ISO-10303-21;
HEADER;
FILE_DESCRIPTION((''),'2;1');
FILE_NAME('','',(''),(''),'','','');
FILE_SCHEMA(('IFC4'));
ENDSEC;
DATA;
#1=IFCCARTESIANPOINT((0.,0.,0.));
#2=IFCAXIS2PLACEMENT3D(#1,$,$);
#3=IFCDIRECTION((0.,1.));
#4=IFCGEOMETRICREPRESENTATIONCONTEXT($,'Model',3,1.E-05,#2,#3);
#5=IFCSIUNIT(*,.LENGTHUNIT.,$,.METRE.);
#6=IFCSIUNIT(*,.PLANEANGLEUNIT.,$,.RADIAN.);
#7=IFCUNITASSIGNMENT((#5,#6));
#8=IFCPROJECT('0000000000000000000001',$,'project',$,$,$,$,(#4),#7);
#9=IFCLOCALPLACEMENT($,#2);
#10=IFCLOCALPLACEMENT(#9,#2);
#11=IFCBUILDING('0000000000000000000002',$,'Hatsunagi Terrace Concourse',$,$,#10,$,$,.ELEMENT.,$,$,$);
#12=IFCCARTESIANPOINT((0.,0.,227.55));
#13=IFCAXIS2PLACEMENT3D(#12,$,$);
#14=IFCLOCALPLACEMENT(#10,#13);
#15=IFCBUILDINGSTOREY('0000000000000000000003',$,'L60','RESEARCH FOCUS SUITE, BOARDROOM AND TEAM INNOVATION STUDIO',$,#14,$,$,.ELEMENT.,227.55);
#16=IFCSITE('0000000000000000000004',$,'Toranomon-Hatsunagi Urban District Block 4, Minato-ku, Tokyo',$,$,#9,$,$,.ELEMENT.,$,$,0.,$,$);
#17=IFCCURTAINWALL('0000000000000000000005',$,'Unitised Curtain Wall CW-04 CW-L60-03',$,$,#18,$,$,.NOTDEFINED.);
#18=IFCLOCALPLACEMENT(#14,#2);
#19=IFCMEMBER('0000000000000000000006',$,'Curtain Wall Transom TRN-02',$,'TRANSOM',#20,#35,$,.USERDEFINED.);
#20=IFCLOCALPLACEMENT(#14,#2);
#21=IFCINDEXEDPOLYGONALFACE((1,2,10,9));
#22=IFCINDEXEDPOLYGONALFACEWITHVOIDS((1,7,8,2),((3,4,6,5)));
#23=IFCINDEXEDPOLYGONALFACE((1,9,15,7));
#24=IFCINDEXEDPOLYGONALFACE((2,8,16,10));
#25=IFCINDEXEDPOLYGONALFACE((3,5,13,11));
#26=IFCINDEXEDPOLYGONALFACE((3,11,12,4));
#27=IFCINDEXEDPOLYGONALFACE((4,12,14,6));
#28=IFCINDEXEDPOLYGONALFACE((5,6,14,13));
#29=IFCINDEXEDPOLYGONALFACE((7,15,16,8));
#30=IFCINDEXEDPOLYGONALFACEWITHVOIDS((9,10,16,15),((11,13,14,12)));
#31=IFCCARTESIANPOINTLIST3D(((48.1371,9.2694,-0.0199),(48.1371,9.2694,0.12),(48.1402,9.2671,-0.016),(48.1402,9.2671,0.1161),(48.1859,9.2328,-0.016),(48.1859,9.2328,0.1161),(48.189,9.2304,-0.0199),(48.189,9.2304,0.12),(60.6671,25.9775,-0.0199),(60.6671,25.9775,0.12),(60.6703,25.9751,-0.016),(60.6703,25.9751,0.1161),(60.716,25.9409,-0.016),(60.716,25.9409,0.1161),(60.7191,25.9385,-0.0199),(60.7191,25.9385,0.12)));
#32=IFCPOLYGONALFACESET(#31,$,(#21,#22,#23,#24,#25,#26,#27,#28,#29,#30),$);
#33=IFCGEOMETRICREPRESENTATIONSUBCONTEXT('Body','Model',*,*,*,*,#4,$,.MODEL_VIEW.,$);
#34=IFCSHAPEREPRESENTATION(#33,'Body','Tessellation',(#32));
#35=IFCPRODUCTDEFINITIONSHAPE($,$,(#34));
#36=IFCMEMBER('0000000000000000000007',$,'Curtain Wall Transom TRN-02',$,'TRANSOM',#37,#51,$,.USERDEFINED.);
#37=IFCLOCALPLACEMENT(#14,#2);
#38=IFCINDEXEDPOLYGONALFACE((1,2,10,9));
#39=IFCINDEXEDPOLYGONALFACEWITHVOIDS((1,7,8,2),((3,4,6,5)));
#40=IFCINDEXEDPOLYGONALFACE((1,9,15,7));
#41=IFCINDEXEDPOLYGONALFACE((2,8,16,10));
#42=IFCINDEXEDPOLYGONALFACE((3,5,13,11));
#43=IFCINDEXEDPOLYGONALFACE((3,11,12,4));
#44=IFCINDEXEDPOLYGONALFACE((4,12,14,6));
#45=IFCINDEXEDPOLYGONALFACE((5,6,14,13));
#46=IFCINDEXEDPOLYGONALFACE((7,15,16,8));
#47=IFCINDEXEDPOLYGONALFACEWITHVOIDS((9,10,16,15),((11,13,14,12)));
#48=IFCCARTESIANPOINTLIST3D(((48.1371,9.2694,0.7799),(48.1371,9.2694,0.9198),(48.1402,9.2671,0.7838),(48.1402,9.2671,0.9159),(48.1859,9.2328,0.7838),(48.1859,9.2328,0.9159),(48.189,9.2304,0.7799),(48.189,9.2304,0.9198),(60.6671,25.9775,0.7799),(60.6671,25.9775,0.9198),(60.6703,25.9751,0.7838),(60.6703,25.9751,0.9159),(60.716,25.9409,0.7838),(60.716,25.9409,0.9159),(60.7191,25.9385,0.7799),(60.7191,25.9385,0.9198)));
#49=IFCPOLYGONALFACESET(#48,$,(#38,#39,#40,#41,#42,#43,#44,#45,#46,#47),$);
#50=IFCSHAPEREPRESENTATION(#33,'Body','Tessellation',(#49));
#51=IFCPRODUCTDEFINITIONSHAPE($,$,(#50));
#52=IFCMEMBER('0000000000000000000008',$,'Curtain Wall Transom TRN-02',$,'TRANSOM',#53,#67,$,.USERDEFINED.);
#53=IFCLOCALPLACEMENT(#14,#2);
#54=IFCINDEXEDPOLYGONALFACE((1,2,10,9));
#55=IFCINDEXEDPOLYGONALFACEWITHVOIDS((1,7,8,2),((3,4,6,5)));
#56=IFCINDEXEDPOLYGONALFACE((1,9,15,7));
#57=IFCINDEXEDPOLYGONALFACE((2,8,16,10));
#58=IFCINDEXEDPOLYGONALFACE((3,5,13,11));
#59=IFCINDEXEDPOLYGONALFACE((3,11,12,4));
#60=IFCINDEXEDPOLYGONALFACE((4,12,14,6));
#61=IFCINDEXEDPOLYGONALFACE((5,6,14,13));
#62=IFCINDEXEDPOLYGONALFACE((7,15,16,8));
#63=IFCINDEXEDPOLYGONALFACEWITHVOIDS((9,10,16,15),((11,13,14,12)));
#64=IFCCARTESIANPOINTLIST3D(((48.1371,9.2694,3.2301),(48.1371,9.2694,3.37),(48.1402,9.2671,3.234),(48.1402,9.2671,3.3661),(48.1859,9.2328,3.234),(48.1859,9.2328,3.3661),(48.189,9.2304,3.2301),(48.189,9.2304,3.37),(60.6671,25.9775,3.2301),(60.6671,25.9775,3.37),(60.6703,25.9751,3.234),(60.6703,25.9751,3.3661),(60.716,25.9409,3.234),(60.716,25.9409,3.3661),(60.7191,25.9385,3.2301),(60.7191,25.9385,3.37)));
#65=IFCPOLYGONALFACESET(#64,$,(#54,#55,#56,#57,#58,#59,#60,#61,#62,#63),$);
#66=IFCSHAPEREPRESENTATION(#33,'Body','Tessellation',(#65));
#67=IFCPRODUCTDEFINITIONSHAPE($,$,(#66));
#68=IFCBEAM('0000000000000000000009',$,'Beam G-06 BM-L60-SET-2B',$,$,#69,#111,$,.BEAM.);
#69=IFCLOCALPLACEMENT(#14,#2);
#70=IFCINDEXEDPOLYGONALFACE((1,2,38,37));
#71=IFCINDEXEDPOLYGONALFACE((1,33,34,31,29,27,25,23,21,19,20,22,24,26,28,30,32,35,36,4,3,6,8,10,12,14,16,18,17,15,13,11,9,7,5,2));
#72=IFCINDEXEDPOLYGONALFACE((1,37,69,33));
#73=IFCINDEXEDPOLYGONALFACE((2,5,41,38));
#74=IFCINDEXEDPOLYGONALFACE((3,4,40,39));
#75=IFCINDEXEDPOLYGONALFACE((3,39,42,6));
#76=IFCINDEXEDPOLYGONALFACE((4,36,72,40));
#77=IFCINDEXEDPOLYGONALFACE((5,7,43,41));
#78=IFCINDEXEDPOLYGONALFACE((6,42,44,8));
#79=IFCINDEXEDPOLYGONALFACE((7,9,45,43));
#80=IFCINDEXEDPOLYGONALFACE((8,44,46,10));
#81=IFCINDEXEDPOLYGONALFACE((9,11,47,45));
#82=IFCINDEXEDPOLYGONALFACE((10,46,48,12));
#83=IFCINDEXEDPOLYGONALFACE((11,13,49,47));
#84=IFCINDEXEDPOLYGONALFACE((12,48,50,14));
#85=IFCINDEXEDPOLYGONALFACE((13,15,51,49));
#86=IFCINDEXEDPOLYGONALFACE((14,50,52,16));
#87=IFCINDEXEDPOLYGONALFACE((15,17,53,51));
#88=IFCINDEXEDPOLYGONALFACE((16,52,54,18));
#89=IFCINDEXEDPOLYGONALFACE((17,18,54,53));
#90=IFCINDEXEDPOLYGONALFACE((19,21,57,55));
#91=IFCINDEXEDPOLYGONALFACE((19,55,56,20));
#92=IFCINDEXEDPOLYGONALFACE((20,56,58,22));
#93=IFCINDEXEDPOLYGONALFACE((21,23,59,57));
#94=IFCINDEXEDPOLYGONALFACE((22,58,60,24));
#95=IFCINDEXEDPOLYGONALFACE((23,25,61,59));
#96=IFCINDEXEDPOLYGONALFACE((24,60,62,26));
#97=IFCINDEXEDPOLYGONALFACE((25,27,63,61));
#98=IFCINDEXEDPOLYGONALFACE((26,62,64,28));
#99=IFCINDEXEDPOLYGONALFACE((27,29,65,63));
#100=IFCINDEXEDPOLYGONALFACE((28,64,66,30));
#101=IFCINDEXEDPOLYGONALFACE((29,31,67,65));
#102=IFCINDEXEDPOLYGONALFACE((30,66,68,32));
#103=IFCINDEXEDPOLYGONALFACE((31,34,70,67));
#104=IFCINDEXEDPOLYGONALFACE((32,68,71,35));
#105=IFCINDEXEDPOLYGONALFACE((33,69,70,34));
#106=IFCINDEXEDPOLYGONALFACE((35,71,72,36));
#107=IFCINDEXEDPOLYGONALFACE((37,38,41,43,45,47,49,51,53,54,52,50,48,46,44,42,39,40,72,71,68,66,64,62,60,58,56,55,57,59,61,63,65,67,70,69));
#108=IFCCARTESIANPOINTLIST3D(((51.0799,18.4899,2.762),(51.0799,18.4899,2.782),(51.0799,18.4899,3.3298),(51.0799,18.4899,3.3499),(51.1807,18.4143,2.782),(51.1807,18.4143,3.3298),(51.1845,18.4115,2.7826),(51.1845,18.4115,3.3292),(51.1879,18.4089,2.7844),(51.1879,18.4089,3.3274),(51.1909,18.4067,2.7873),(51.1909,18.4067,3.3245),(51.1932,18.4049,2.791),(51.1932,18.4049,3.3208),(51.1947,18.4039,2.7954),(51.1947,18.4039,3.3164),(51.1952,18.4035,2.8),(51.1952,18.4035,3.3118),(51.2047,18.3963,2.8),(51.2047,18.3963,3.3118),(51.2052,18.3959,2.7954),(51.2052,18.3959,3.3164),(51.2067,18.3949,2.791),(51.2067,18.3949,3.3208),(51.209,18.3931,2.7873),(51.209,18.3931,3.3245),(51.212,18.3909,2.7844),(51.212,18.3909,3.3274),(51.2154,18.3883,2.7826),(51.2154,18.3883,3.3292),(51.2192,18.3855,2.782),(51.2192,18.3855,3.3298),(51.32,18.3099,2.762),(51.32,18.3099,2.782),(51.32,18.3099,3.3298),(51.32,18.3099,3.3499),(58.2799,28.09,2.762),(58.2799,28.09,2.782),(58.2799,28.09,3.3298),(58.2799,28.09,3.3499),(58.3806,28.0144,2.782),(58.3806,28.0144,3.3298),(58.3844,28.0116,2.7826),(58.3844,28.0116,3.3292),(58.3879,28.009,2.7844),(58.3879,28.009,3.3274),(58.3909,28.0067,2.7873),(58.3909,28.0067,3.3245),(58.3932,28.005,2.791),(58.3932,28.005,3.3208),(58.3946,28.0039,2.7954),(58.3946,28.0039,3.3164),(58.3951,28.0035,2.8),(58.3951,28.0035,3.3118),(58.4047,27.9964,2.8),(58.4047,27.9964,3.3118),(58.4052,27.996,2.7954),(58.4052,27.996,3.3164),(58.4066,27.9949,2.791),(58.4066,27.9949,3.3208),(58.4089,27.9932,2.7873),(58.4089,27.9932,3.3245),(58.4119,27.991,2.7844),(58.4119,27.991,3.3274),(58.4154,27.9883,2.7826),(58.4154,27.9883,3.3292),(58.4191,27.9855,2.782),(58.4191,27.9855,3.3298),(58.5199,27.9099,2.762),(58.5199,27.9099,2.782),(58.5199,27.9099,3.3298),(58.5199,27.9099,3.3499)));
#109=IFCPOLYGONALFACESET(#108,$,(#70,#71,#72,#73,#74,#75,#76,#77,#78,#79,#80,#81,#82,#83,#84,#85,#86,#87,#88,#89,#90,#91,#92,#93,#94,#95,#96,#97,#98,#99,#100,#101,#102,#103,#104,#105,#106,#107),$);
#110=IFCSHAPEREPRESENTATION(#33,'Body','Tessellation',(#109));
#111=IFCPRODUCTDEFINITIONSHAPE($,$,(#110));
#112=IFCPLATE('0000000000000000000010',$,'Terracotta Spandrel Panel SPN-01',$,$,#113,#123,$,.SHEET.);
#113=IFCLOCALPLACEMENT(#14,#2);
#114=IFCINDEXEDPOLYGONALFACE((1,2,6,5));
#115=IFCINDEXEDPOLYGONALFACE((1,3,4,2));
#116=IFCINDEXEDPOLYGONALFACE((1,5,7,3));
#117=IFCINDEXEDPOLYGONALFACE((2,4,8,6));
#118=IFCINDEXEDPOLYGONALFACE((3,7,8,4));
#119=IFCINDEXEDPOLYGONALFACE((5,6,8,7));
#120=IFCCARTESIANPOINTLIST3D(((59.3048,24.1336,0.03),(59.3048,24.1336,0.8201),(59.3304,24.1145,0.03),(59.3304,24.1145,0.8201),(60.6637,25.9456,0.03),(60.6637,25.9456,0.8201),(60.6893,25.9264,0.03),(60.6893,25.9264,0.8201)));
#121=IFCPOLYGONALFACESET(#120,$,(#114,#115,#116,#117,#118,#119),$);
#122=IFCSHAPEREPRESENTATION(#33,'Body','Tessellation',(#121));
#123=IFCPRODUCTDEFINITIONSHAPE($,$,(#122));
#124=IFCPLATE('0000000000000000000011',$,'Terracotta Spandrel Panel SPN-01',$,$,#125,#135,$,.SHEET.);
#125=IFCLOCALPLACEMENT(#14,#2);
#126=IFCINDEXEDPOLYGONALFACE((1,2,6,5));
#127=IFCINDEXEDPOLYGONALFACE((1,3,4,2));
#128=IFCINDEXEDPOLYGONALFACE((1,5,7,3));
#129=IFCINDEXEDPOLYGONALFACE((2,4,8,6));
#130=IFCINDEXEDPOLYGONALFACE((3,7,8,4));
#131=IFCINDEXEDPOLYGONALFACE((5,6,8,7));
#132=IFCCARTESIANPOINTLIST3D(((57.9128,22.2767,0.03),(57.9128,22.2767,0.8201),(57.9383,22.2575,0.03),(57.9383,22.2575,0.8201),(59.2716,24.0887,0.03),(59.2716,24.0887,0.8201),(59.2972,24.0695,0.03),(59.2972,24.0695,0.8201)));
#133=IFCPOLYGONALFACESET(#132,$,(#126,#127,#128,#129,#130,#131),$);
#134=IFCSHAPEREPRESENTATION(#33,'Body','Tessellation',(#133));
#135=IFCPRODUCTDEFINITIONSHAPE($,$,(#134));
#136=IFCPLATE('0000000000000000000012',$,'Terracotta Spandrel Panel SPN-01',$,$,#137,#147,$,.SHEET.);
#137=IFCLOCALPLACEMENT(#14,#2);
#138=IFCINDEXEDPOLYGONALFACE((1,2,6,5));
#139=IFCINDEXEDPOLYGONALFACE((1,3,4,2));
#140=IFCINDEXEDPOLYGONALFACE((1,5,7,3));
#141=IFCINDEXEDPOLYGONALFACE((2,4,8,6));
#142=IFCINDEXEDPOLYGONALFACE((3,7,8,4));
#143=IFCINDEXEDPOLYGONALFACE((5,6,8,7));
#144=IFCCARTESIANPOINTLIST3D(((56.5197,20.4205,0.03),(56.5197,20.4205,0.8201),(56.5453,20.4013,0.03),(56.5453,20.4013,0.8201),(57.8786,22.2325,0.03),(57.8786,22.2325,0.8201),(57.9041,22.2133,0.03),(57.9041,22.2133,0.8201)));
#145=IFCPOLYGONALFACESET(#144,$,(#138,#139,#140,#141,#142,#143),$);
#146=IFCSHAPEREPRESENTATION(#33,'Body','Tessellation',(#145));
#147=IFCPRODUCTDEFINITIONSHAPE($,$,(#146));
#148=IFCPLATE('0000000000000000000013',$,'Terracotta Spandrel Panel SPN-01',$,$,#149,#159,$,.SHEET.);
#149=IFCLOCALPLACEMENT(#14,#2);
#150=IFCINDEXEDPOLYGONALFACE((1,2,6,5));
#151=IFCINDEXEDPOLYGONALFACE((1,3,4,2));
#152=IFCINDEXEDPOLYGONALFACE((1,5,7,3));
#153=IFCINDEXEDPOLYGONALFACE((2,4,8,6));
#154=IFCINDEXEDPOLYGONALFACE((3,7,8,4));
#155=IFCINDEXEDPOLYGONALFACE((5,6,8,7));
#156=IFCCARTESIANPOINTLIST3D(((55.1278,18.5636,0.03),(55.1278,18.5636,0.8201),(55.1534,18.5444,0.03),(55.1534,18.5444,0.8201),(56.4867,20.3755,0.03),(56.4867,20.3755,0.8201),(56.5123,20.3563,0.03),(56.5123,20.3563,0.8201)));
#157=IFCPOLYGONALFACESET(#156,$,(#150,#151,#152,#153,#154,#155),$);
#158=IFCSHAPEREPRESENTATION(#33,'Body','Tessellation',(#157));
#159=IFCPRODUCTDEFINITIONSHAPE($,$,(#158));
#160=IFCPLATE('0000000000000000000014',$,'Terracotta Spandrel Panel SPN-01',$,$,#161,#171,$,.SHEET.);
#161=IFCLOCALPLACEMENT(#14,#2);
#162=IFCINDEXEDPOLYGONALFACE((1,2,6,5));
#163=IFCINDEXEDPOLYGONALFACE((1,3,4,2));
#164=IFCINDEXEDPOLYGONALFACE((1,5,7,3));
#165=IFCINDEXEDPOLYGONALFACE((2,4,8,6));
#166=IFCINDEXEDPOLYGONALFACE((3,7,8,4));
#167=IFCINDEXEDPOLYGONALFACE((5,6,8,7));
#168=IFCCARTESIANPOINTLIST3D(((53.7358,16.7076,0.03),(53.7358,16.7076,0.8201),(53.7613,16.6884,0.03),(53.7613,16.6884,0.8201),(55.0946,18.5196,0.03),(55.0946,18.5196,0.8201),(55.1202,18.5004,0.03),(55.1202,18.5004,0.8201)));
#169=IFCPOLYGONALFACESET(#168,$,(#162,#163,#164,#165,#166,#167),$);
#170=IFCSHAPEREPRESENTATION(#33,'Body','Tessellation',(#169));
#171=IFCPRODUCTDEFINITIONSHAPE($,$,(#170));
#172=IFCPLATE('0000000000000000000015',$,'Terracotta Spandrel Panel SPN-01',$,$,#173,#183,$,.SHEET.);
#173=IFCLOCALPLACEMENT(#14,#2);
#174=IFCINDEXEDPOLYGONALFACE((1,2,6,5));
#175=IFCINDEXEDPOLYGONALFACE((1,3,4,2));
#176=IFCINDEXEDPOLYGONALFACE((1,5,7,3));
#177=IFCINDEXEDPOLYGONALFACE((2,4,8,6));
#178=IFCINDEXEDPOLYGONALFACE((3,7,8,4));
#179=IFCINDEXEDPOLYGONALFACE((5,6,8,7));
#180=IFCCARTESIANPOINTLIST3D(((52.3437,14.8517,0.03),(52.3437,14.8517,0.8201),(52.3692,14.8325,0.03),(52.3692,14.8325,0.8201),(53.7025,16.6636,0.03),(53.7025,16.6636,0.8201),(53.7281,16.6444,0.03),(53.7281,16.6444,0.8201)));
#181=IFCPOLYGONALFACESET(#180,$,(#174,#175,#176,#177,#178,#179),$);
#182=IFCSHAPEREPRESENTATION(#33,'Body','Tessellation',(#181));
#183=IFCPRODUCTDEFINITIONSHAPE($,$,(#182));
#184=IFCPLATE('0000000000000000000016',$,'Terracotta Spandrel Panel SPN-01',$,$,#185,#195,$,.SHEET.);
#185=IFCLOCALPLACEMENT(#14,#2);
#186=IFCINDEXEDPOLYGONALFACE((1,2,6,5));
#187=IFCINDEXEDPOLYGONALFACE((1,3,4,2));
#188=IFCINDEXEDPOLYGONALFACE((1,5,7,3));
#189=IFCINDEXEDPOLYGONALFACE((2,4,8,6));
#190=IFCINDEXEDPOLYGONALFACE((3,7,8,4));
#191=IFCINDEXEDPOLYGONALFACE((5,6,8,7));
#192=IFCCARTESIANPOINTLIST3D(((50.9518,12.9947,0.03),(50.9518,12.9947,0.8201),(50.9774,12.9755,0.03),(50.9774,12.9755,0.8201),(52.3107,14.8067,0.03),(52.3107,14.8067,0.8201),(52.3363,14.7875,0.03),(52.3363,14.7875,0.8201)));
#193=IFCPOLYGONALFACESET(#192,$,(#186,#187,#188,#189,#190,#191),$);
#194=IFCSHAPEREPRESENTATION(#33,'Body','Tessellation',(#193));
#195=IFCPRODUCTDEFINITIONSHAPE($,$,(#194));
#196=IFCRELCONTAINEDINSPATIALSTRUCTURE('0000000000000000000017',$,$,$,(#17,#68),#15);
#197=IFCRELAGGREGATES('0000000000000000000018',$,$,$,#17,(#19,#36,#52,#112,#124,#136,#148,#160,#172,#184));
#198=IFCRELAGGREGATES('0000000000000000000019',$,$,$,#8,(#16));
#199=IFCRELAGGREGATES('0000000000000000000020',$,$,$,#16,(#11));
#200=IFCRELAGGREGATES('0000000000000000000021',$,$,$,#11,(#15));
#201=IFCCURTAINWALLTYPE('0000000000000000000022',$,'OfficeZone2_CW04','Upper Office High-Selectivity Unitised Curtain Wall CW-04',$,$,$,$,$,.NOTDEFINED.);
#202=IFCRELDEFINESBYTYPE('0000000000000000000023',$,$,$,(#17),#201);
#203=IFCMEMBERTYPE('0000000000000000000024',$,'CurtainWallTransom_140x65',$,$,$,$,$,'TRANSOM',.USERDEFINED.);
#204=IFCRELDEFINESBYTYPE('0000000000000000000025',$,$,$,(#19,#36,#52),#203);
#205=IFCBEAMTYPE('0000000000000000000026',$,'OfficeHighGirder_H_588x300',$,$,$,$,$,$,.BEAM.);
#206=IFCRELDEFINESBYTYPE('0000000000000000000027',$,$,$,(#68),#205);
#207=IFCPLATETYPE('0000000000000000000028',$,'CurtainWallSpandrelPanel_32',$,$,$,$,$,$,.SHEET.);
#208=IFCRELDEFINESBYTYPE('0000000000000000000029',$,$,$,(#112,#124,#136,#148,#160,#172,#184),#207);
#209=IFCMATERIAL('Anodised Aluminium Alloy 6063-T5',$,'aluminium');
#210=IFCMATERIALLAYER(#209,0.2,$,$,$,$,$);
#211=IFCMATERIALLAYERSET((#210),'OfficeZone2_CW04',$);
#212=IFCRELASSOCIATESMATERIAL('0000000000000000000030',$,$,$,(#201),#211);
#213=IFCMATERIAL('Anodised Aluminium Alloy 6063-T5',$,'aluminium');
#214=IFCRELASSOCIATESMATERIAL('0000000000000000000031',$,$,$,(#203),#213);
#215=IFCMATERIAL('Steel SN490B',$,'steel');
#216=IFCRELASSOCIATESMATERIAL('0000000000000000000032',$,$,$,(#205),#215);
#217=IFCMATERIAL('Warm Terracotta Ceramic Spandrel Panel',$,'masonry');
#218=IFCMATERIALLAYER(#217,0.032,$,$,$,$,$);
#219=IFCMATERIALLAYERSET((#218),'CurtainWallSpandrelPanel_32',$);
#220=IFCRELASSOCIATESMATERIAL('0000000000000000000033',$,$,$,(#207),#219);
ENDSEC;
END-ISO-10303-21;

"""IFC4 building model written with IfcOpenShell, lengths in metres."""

from ifc_helpers import new_model, si_unit, direction, frame, origin, origin_2d, place, context, subcontext, project, spatial, rectangle, hollow_rectangle, i_section, extrude, material, layer, layer_set, material_profile, profile_set, type_object, element, aggregate, save


model = new_model("IFC4")

# Units and contexts
model_context = context("Model", 3, precision=1e-05, world=origin(), true_north=direction((0.0, 1.0)))
body_context = subcontext(model_context, "Body", "Model", "MODEL_VIEW")
ifc_project = project(units=[si_unit("LENGTHUNIT", "METRE"), si_unit("PLANEANGLEUNIT", "RADIAN")], contexts=[model_context])

# Site, building, storey
site_placement = place(None, origin())
site = spatial("IfcSite", under=ifc_project, at=site_placement, Name="Toranomon-Hatsunagi Urban District Block 4, Minato-ku, Tokyo", CompositionType="ELEMENT", RefElevation=0.0)
building_placement = place(site_placement, origin())
building = spatial("IfcBuilding", under=site, at=building_placement, Name="Hatsunagi Terrace Concourse", CompositionType="ELEMENT")
storey_placement = place(building_placement, frame((0.0, 0.0, 227.55)))
storey = spatial("IfcBuildingStorey", under=building, at=storey_placement, Name="L60", Description="RESEARCH FOCUS SUITE, BOARDROOM AND TEAM INNOVATION STUDIO", CompositionType="ELEMENT", Elevation=227.55)

# Curtain wall, members
ifc_material_1 = material(Name="Anodised Aluminium Alloy 6063-T5", Category="aluminium")
ifc_layer_1 = layer(ifc_material_1, 0.2)
ifc_layer_set_1 = layer_set([ifc_layer_1], Name="OfficeZone2_CW04")
curtain_wall_type = type_object("IfcCurtainWallType", Name="OfficeZone2_CW04", Description="Upper Office High-Selectivity Unitised Curtain Wall CW-04", PredefinedType="NOTDEFINED", material=ifc_layer_set_1)
curtain_wall_placement = place(storey_placement, origin())
curtain_wall = element("IfcCurtainWall", 1, at=curtain_wall_placement, inside=storey, type_object=curtain_wall_type, Name="Unitised Curtain Wall CW-04 CW-L60-03", PredefinedType="NOTDEFINED")
ifc_material_2 = material(Name="Anodised Aluminium Alloy 6063-T5", Category="aluminium")
ifc_material_profile_1 = material_profile(ifc_material_2, hollow_rectangle(XDim=0.0649, YDim=0.1399, WallThickness=0.0039, at=origin_2d()), Name="ALU-TRN-140x65x4")
ifc_profile_set_1 = profile_set([ifc_material_profile_1], Name="Anodised Aluminium Alloy 6063-T5")
member_type_1 = type_object("IfcMemberType", Name="CurtainWallTransom_140x65", ElementType="TRANSOM", PredefinedType="USERDEFINED", material=ifc_profile_set_1)
member_1_placement = place(storey_placement, frame((60.6931, 25.958, 0.05), z_axis=(-0.59997, -0.800022, 0.0), x_axis=(0.800022, -0.59997, 0.0)))
member_1 = element("IfcMember", 2, at=member_1_placement, type_object=member_type_1, Name="Curtain Wall Transom TRN-02", ObjectType="TRANSOM", PredefinedType="USERDEFINED", context=body_context, shape_type="SweptSolid", body=[
    extrude(hollow_rectangle(XDim=0.0649, YDim=0.1399, WallThickness=0.0039, at=origin_2d()), origin(), (0.0, 0.0, 1.0), 20.8845),
])
member_2_placement = place(storey_placement, frame((60.6931, 25.958, 0.8499), z_axis=(-0.59997, -0.800022, 0.0), x_axis=(0.800022, -0.59997, 0.0)))
member_2 = element("IfcMember", 3, at=member_2_placement, type_object=member_type_1, Name="Curtain Wall Transom TRN-02", ObjectType="TRANSOM", PredefinedType="USERDEFINED", context=body_context, shape_type="SweptSolid", body=[
    extrude(hollow_rectangle(XDim=0.0649, YDim=0.1399, WallThickness=0.0039, at=origin_2d()), origin(), (0.0, 0.0, 1.0), 20.8845),
])
member_3_placement = place(storey_placement, frame((60.6931, 25.958, 3.3), z_axis=(-0.59997, -0.800022, 0.0), x_axis=(0.800022, -0.59997, 0.0)))
member_3 = element("IfcMember", 4, at=member_3_placement, type_object=member_type_1, Name="Curtain Wall Transom TRN-02", ObjectType="TRANSOM", PredefinedType="USERDEFINED", context=body_context, shape_type="SweptSolid", body=[
    extrude(hollow_rectangle(XDim=0.0649, YDim=0.1399, WallThickness=0.0039, at=origin_2d()), origin(), (0.0, 0.0, 1.0), 20.8845),
])

# Beam
ifc_material_3 = material(Name="Steel SN490B", Category="steel")
ifc_material_profile_2 = material_profile(ifc_material_3, i_section(OverallWidth=0.3, OverallDepth=0.5879, WebThickness=0.012, FlangeThickness=0.02, FilletRadius=0.0181, at=origin_2d()), Name="H-588x300x12x20")
ifc_profile_set_2 = profile_set([ifc_material_profile_2], Name="Steel SN490B")
beam_type = type_object("IfcBeamType", Name="OfficeHighGirder_H_588x300", PredefinedType="BEAM", material=ifc_profile_set_2)
beam_placement = place(storey_placement, frame((51.2, 18.3999, 3.0559), z_axis=(0.599993, 0.800005, 0.0), x_axis=(-0.800005, 0.599993, 0.0)))
element("IfcBeam", 5, at=beam_placement, inside=storey, type_object=beam_type, Name="Beam G-06 BM-L60-SET-2B", PredefinedType="BEAM", context=body_context, shape_type="SweptSolid", body=[
    extrude(i_section(OverallWidth=0.3, OverallDepth=0.5879, WebThickness=0.012, FlangeThickness=0.02, FilletRadius=0.0181, at=origin_2d()), origin(), (0.0, 0.0, 1.0), 12.0),
])

# Plates
ifc_material_4 = material(Name="Warm Terracotta Ceramic Spandrel Panel", Category="masonry")
ifc_layer_2 = layer(ifc_material_4, 0.032)
ifc_layer_set_2 = layer_set([ifc_layer_2], Name="CurtainWallSpandrelPanel_32")
plate_type_1 = type_object("IfcPlateType", Name="CurtainWallSpandrelPanel_32", PredefinedType="SHEET", material=ifc_layer_set_2)
plate_1_placement = place(storey_placement, frame((59.9971, 25.03, 0.03), z_axis=(0.0, 0.0, 1.0), x_axis=(-0.599969, -0.800023, 0.0)))
plate_1 = element("IfcPlate", 6, at=plate_1_placement, type_object=plate_type_1, Name="Terracotta Spandrel Panel SPN-01", PredefinedType="SHEET", context=body_context, shape_type="SweptSolid", body=[
    extrude(rectangle(XDim=2.2649, YDim=0.032, at=origin_2d()), origin(), (0.0, 0.0, 1.0), 0.79),
])
plate_2_placement = place(storey_placement, frame((58.605, 23.1731, 0.03), z_axis=(0.0, 0.0, 1.0), x_axis=(-0.599969, -0.800023, 0.0)))
plate_2 = element("IfcPlate", 7, at=plate_2_placement, type_object=plate_type_1, Name="Terracotta Spandrel Panel SPN-01", PredefinedType="SHEET", context=body_context, shape_type="SweptSolid", body=[
    extrude(rectangle(XDim=2.2649, YDim=0.032, at=origin_2d()), origin(), (0.0, 0.0, 1.0), 0.79),
])
plate_3_placement = place(storey_placement, frame((57.2119, 21.3169, 0.03), z_axis=(0.0, 0.0, 1.0), x_axis=(-0.599969, -0.800023, 0.0)))
plate_3 = element("IfcPlate", 8, at=plate_3_placement, type_object=plate_type_1, Name="Terracotta Spandrel Panel SPN-01", PredefinedType="SHEET", context=body_context, shape_type="SweptSolid", body=[
    extrude(rectangle(XDim=2.2649, YDim=0.032, at=origin_2d()), origin(), (0.0, 0.0, 1.0), 0.79),
])
plate_4_placement = place(storey_placement, frame((55.8201, 19.46, 0.03), z_axis=(0.0, 0.0, 1.0), x_axis=(-0.599969, -0.800023, 0.0)))
plate_4 = element("IfcPlate", 9, at=plate_4_placement, type_object=plate_type_1, Name="Terracotta Spandrel Panel SPN-01", PredefinedType="SHEET", context=body_context, shape_type="SweptSolid", body=[
    extrude(rectangle(XDim=2.2649, YDim=0.032, at=origin_2d()), origin(), (0.0, 0.0, 1.0), 0.79),
])
plate_5_placement = place(storey_placement, frame((54.428, 17.604, 0.03), z_axis=(0.0, 0.0, 1.0), x_axis=(-0.599969, -0.800023, 0.0)))
plate_5 = element("IfcPlate", 10, at=plate_5_placement, type_object=plate_type_1, Name="Terracotta Spandrel Panel SPN-01", PredefinedType="SHEET", context=body_context, shape_type="SweptSolid", body=[
    extrude(rectangle(XDim=2.2649, YDim=0.032, at=origin_2d()), origin(), (0.0, 0.0, 1.0), 0.79),
])
plate_6_placement = place(storey_placement, frame((53.0359, 15.748, 0.03), z_axis=(0.0, 0.0, 1.0), x_axis=(-0.599969, -0.800023, 0.0)))
plate_6 = element("IfcPlate", 11, at=plate_6_placement, type_object=plate_type_1, Name="Terracotta Spandrel Panel SPN-01", PredefinedType="SHEET", context=body_context, shape_type="SweptSolid", body=[
    extrude(rectangle(XDim=2.2649, YDim=0.032, at=origin_2d()), origin(), (0.0, 0.0, 1.0), 0.79),
])
plate_7_placement = place(storey_placement, frame((51.644, 13.8911, 0.03), z_axis=(0.0, 0.0, 1.0), x_axis=(-0.599969, -0.800023, 0.0)))
plate_7 = element("IfcPlate", 12, at=plate_7_placement, type_object=plate_type_1, Name="Terracotta Spandrel Panel SPN-01", PredefinedType="SHEET", context=body_context, shape_type="SweptSolid", body=[
    extrude(rectangle(XDim=2.2649, YDim=0.032, at=origin_2d()), origin(), (0.0, 0.0, 1.0), 0.79),
])
aggregate(curtain_wall, [member_1, member_2, member_3, plate_1, plate_2, plate_3, plate_4, plate_5, plate_6, plate_7])

save(model, "model.ifc")
